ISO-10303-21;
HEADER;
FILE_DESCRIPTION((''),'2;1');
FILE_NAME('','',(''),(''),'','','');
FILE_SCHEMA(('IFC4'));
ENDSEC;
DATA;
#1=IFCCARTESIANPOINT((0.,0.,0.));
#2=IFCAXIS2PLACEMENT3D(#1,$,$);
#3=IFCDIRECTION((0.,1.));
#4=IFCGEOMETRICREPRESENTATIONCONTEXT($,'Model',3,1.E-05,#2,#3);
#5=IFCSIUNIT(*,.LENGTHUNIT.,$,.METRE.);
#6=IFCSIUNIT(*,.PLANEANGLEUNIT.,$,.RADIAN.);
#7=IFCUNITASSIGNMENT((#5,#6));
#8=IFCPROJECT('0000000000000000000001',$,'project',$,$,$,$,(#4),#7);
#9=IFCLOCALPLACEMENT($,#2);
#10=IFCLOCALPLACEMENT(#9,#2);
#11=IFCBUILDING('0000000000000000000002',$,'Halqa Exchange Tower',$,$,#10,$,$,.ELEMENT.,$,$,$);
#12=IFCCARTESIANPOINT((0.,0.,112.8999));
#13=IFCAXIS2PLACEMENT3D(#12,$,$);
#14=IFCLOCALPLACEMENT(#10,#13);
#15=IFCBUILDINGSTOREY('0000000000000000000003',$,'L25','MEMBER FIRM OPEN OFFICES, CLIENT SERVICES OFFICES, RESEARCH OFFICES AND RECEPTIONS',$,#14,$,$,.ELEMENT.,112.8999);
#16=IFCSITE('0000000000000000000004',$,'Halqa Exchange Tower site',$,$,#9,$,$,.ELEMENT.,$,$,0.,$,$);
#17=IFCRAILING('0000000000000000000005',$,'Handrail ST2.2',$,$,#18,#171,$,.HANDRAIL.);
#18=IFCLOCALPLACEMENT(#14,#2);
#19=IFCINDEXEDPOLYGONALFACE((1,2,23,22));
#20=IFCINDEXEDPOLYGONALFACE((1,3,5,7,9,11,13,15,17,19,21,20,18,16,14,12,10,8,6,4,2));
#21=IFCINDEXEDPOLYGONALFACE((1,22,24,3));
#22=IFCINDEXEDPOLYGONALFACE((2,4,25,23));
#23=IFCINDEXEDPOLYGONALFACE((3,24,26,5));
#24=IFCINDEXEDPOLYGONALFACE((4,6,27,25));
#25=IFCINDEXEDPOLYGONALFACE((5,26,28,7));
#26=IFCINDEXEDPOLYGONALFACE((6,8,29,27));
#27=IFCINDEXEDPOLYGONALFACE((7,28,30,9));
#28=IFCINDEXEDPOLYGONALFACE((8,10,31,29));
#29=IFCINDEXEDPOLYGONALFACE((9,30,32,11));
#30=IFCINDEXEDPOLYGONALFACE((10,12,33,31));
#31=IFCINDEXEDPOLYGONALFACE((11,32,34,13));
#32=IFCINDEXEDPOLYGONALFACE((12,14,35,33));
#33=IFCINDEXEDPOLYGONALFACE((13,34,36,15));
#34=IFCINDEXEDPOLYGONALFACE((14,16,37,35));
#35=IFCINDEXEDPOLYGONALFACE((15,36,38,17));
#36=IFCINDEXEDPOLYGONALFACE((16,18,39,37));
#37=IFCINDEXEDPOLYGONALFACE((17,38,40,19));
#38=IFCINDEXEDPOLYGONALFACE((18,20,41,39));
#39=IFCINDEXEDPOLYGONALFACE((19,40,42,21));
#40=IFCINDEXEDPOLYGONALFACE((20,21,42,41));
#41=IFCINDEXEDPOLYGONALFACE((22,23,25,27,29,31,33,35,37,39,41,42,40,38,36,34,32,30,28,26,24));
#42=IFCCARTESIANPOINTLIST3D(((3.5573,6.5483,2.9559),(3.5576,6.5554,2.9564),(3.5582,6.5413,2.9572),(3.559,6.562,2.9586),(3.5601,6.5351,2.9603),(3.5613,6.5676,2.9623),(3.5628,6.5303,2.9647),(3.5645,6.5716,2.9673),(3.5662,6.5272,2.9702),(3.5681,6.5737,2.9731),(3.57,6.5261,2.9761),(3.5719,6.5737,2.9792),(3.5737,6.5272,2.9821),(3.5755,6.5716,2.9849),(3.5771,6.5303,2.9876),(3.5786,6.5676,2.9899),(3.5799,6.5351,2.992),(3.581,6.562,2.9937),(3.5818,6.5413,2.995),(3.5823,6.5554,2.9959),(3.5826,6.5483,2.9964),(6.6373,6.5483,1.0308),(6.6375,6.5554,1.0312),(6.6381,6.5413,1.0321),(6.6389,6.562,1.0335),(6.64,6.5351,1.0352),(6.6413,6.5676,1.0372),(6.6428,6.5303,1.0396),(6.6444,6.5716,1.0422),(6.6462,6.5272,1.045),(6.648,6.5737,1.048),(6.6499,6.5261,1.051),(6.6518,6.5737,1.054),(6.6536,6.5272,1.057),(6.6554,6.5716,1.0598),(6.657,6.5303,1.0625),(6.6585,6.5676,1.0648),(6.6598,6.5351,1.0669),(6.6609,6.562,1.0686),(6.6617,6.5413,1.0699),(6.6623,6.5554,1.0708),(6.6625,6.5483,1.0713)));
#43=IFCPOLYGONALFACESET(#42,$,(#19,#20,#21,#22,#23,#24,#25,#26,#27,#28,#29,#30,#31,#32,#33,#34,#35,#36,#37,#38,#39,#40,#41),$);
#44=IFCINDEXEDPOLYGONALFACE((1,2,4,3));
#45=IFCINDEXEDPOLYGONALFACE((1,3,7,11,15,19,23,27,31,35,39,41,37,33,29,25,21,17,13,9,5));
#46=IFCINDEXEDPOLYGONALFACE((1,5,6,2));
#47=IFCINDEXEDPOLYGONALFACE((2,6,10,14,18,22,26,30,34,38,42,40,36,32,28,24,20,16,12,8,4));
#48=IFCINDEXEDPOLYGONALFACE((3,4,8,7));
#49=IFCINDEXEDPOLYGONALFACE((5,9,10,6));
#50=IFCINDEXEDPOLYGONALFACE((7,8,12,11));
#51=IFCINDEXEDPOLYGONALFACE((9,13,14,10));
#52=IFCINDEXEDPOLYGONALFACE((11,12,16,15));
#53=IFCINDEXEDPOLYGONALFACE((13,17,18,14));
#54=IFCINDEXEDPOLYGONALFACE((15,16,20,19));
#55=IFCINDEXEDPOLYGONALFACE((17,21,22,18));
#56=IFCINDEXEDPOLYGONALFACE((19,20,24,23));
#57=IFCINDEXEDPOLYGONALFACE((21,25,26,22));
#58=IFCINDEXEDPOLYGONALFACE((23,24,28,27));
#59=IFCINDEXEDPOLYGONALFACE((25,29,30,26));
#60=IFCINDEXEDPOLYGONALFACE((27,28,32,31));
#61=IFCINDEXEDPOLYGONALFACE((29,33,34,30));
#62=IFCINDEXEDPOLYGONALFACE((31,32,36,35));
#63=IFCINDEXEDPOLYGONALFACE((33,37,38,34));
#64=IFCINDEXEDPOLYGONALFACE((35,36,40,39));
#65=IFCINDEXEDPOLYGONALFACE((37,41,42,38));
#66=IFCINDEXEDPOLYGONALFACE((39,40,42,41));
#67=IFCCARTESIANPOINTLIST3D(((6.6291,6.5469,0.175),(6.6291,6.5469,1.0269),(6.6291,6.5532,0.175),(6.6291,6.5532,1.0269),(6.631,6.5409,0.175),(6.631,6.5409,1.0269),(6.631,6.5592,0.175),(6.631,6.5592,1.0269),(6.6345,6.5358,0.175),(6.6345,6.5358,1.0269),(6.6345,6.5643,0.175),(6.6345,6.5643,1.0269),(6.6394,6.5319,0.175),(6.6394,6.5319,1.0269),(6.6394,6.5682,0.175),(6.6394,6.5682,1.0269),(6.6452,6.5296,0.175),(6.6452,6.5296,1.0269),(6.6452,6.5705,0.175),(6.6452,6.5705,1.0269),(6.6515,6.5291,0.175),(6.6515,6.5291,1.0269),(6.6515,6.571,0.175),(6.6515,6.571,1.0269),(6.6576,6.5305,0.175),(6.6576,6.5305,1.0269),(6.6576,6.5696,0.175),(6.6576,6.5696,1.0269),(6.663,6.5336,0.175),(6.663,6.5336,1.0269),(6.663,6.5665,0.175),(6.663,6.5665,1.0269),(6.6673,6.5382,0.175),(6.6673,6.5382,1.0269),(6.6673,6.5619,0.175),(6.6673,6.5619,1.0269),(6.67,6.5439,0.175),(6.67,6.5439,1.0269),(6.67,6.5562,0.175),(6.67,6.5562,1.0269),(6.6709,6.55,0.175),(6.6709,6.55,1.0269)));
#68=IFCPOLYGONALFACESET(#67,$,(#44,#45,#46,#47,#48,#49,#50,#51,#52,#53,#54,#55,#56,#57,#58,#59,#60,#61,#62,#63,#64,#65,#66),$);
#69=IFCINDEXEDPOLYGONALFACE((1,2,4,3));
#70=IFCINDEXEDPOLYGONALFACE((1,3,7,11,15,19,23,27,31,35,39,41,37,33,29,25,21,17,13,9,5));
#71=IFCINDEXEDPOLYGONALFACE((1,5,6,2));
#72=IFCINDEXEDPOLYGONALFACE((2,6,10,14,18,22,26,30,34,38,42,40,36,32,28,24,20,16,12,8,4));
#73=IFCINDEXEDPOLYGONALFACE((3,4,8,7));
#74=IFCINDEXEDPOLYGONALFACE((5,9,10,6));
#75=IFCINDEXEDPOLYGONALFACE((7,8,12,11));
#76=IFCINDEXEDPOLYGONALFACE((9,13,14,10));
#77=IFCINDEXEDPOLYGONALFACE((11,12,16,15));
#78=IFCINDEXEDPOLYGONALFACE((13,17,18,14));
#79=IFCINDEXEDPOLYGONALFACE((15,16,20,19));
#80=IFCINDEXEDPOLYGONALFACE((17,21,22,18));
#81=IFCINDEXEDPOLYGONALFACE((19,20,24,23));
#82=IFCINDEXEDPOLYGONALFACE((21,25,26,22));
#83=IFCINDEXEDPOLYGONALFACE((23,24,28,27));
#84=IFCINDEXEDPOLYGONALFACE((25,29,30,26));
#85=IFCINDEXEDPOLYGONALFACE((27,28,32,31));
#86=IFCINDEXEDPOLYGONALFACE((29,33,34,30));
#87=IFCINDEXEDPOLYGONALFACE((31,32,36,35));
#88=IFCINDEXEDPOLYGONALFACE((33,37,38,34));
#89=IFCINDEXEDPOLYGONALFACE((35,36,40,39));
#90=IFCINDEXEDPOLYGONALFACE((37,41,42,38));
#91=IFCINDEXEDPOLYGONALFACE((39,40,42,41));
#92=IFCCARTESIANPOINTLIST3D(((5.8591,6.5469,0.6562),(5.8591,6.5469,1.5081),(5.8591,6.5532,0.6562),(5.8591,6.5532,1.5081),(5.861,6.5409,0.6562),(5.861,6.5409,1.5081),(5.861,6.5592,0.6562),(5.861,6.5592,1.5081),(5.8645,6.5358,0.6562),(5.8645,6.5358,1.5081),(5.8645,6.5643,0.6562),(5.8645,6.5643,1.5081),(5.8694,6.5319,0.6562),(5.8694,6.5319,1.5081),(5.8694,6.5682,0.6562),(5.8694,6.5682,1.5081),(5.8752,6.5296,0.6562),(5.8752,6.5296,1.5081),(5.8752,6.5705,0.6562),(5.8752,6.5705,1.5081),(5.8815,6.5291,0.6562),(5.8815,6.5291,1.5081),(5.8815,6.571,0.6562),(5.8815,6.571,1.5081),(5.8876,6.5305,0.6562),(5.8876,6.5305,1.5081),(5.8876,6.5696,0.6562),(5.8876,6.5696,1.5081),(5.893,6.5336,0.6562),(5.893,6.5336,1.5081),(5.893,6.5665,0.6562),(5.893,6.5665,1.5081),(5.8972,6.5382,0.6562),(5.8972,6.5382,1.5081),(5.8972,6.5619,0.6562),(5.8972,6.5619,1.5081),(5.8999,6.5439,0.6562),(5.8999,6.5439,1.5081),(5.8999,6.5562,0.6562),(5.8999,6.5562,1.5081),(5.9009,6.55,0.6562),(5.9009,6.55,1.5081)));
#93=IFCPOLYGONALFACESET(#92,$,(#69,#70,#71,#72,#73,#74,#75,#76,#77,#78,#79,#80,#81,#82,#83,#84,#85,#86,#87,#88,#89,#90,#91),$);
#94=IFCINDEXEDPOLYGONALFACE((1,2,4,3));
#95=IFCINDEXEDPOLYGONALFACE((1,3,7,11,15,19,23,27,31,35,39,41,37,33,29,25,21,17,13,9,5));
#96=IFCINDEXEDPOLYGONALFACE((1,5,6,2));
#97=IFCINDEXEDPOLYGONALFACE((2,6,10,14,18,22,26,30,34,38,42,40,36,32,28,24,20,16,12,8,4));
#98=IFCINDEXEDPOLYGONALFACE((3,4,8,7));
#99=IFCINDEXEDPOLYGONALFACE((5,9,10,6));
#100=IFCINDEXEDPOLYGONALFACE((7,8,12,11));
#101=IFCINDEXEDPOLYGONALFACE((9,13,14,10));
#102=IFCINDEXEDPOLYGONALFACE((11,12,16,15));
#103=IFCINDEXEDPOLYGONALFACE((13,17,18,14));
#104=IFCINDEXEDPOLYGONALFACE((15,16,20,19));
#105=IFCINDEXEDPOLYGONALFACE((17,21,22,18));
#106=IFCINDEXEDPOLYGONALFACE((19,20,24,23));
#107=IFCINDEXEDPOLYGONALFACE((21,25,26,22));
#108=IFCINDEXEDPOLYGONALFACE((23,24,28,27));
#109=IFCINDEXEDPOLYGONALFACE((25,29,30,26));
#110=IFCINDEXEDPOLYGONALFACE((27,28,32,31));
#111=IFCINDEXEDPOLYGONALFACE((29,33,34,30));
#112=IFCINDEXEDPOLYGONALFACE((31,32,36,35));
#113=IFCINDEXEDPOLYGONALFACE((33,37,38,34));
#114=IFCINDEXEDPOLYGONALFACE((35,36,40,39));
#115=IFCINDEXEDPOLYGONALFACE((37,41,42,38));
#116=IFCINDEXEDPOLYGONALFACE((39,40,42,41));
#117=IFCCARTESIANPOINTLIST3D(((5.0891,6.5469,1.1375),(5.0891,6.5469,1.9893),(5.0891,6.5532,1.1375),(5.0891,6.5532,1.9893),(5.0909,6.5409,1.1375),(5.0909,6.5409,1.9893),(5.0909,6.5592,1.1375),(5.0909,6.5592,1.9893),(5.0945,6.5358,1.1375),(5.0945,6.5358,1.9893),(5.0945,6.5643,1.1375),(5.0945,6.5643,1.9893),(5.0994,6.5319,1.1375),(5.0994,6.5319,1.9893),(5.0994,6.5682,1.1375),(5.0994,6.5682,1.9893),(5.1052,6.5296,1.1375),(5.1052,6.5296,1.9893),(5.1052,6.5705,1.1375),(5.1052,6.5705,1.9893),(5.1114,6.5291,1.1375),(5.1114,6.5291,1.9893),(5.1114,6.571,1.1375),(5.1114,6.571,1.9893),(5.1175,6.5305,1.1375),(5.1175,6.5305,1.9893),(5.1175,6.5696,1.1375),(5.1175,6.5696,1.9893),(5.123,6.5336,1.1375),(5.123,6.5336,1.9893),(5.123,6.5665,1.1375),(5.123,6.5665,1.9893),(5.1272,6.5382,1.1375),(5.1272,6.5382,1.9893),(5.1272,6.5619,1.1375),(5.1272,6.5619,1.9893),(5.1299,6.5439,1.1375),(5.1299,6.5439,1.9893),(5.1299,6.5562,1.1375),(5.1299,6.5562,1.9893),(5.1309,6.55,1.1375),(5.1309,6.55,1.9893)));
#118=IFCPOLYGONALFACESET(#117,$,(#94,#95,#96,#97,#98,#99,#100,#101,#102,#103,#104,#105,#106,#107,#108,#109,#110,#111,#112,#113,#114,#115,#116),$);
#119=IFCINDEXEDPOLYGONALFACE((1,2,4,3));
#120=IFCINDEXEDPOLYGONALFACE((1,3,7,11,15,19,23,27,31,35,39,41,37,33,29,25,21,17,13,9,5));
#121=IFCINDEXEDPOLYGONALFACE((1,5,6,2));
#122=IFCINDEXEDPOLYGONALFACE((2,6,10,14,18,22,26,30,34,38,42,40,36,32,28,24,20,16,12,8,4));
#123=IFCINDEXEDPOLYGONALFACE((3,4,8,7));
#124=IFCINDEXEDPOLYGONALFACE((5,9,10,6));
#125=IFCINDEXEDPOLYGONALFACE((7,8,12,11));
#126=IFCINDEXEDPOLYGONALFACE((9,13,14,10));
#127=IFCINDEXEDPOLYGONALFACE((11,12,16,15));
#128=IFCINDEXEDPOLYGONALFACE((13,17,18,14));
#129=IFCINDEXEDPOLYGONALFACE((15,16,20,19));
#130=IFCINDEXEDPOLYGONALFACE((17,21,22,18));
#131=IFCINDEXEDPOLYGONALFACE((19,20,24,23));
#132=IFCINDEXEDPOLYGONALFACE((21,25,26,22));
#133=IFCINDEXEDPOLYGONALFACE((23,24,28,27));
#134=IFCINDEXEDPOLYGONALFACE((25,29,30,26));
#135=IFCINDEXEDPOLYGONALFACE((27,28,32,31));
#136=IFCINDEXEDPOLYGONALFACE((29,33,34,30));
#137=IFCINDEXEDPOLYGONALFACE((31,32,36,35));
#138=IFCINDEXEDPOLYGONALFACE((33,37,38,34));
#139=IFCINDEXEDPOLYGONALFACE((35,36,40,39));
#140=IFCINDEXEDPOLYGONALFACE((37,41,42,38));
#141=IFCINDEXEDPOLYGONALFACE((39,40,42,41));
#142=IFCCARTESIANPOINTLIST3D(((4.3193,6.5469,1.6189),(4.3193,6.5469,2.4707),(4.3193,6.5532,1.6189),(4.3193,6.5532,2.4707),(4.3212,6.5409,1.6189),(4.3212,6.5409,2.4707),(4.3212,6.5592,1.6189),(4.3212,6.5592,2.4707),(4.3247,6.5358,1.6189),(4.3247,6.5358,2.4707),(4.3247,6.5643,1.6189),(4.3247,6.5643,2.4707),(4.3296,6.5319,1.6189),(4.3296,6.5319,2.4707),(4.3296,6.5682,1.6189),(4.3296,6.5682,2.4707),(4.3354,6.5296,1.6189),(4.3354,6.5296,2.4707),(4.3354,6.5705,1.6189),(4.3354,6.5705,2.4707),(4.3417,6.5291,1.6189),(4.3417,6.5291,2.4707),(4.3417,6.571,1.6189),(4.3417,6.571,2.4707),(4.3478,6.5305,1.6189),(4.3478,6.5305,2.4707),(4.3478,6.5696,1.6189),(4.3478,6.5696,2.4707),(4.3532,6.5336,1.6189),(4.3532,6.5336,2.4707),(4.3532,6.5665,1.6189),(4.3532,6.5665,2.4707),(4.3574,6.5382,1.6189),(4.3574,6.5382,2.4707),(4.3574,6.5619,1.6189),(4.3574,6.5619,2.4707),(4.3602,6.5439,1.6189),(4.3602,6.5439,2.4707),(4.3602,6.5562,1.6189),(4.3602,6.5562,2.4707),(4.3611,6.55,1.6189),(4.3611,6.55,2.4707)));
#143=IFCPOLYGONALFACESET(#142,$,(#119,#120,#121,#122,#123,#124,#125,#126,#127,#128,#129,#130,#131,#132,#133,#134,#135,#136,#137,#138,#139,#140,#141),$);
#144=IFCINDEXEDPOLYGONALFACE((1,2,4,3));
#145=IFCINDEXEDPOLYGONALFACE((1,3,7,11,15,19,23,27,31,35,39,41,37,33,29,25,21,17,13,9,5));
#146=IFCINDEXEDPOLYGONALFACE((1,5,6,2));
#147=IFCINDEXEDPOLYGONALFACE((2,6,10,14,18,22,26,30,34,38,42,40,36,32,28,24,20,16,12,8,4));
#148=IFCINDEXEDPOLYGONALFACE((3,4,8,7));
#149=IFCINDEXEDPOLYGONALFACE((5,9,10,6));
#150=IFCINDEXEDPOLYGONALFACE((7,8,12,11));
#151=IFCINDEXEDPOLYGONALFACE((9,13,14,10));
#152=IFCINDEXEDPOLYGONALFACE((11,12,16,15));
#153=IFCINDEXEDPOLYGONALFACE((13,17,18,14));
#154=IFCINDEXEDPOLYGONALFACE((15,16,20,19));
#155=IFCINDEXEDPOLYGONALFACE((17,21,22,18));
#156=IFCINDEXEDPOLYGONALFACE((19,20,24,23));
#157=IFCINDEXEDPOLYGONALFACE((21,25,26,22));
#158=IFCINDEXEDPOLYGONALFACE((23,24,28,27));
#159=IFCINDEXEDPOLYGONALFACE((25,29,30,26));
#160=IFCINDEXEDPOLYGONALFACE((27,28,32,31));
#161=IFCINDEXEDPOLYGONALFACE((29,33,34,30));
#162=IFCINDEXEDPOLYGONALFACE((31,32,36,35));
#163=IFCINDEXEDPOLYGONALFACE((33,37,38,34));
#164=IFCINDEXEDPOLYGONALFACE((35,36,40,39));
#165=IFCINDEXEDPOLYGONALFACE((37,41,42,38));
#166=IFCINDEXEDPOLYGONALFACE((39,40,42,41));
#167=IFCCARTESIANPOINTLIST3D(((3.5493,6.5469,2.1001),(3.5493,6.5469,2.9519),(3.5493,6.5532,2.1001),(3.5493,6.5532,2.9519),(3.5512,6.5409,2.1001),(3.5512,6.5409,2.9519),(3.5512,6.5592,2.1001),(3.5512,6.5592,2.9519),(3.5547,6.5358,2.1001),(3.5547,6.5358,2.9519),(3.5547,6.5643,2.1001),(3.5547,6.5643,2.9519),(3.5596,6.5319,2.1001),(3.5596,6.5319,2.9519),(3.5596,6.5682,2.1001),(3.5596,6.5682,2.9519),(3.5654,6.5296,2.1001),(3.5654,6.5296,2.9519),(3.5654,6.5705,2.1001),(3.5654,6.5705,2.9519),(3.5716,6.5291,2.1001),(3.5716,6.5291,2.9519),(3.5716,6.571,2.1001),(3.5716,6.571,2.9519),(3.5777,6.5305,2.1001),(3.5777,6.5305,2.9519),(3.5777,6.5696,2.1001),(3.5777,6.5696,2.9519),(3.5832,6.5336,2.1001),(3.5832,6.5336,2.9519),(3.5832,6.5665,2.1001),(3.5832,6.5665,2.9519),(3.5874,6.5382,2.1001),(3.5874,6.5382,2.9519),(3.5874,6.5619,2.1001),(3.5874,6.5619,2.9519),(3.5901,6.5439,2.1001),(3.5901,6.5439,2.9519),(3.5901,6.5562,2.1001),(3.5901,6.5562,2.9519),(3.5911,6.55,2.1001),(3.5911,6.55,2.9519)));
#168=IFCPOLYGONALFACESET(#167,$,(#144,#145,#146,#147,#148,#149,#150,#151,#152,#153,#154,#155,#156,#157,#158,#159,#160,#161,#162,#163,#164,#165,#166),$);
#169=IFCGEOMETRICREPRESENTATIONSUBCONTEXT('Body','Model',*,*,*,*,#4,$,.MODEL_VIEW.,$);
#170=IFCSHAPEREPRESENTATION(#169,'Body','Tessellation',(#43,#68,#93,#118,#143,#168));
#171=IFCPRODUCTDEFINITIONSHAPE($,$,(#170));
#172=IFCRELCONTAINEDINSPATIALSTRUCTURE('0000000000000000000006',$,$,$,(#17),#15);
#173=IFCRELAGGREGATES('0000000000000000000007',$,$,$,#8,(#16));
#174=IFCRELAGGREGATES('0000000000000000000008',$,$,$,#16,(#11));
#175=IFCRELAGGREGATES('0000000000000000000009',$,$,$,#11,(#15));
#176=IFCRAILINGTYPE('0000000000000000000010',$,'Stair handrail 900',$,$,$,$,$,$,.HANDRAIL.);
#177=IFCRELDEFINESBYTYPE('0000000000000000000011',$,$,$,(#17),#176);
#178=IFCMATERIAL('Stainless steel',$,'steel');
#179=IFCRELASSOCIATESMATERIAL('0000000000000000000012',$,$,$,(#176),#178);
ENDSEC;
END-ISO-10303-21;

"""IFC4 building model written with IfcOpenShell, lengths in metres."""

from ifc_helpers import new_model, si_unit, direction, frame, origin, origin_2d, place, context, subcontext, project, spatial, circle, extrude, material, type_object, element, save


model = new_model("IFC4")

# Units and contexts
model_context = context("Model", 3, precision=1e-05, world=origin(), true_north=direction((0.0, 1.0)))
body_context = subcontext(model_context, "Body", "Model", "MODEL_VIEW")
ifc_project = project(units=[si_unit("LENGTHUNIT", "METRE"), si_unit("PLANEANGLEUNIT", "RADIAN")], contexts=[model_context])

# Site, building, storey
site_placement = place(None, origin())
site = spatial("IfcSite", under=ifc_project, at=site_placement, Name="Halqa Exchange Tower site", CompositionType="ELEMENT", RefElevation=0.0)
building_placement = place(site_placement, origin())
building = spatial("IfcBuilding", under=site, at=building_placement, Name="Halqa Exchange Tower", CompositionType="ELEMENT")
storey_placement = place(building_placement, frame((0.0, 0.0, 112.8999)))
storey = spatial("IfcBuildingStorey", under=building, at=storey_placement, Name="L25", Description="MEMBER FIRM OPEN OFFICES, CLIENT SERVICES OFFICES, RESEARCH OFFICES AND RECEPTIONS", CompositionType="ELEMENT", Elevation=112.8999)

# Railing
ifc_material_1 = material(Name="Stainless steel", Category="steel")
railing_type_1 = type_object("IfcRailingType", Name="Stair handrail 900", PredefinedType="HANDRAIL", material=ifc_material_1)
railing_1_placement = place(storey_placement, frame((6.6499, 6.55, 0.175)))
element("IfcRailing", 1, at=railing_1_placement, inside=storey, type_object=railing_type_1, Name="Handrail ST2.2", PredefinedType="HANDRAIL", context=body_context, shape_type="SweptSolid", body=[
    extrude(circle(Radius=0.0239, at=origin_2d()), frame((0.0, 0.0, 0.876), z_axis=(-0.847979, 0.0, 0.530029), x_axis=(0.0, -1.0, 0.0)), (0.0, 0.0, 1.0), 3.6321),
    extrude(circle(Radius=0.021, at=origin_2d()), origin(), (0.0, 0.0, 1.0), 0.8518),
    extrude(circle(Radius=0.021, at=origin_2d()), frame((-0.77, 0.0, 0.4812)), (0.0, 0.0, 1.0), 0.8518),
    extrude(circle(Radius=0.021, at=origin_2d()), frame((-1.54, 0.0, 0.9624)), (0.0, 0.0, 1.0), 0.8518),
    extrude(circle(Radius=0.021, at=origin_2d()), frame((-2.3098, 0.0, 1.4438)), (0.0, 0.0, 1.0), 0.8518),
    extrude(circle(Radius=0.021, at=origin_2d()), frame((-3.0798, 0.0, 1.925)), (0.0, 0.0, 1.0), 0.8518),
])

save(model, "model.ifc")
